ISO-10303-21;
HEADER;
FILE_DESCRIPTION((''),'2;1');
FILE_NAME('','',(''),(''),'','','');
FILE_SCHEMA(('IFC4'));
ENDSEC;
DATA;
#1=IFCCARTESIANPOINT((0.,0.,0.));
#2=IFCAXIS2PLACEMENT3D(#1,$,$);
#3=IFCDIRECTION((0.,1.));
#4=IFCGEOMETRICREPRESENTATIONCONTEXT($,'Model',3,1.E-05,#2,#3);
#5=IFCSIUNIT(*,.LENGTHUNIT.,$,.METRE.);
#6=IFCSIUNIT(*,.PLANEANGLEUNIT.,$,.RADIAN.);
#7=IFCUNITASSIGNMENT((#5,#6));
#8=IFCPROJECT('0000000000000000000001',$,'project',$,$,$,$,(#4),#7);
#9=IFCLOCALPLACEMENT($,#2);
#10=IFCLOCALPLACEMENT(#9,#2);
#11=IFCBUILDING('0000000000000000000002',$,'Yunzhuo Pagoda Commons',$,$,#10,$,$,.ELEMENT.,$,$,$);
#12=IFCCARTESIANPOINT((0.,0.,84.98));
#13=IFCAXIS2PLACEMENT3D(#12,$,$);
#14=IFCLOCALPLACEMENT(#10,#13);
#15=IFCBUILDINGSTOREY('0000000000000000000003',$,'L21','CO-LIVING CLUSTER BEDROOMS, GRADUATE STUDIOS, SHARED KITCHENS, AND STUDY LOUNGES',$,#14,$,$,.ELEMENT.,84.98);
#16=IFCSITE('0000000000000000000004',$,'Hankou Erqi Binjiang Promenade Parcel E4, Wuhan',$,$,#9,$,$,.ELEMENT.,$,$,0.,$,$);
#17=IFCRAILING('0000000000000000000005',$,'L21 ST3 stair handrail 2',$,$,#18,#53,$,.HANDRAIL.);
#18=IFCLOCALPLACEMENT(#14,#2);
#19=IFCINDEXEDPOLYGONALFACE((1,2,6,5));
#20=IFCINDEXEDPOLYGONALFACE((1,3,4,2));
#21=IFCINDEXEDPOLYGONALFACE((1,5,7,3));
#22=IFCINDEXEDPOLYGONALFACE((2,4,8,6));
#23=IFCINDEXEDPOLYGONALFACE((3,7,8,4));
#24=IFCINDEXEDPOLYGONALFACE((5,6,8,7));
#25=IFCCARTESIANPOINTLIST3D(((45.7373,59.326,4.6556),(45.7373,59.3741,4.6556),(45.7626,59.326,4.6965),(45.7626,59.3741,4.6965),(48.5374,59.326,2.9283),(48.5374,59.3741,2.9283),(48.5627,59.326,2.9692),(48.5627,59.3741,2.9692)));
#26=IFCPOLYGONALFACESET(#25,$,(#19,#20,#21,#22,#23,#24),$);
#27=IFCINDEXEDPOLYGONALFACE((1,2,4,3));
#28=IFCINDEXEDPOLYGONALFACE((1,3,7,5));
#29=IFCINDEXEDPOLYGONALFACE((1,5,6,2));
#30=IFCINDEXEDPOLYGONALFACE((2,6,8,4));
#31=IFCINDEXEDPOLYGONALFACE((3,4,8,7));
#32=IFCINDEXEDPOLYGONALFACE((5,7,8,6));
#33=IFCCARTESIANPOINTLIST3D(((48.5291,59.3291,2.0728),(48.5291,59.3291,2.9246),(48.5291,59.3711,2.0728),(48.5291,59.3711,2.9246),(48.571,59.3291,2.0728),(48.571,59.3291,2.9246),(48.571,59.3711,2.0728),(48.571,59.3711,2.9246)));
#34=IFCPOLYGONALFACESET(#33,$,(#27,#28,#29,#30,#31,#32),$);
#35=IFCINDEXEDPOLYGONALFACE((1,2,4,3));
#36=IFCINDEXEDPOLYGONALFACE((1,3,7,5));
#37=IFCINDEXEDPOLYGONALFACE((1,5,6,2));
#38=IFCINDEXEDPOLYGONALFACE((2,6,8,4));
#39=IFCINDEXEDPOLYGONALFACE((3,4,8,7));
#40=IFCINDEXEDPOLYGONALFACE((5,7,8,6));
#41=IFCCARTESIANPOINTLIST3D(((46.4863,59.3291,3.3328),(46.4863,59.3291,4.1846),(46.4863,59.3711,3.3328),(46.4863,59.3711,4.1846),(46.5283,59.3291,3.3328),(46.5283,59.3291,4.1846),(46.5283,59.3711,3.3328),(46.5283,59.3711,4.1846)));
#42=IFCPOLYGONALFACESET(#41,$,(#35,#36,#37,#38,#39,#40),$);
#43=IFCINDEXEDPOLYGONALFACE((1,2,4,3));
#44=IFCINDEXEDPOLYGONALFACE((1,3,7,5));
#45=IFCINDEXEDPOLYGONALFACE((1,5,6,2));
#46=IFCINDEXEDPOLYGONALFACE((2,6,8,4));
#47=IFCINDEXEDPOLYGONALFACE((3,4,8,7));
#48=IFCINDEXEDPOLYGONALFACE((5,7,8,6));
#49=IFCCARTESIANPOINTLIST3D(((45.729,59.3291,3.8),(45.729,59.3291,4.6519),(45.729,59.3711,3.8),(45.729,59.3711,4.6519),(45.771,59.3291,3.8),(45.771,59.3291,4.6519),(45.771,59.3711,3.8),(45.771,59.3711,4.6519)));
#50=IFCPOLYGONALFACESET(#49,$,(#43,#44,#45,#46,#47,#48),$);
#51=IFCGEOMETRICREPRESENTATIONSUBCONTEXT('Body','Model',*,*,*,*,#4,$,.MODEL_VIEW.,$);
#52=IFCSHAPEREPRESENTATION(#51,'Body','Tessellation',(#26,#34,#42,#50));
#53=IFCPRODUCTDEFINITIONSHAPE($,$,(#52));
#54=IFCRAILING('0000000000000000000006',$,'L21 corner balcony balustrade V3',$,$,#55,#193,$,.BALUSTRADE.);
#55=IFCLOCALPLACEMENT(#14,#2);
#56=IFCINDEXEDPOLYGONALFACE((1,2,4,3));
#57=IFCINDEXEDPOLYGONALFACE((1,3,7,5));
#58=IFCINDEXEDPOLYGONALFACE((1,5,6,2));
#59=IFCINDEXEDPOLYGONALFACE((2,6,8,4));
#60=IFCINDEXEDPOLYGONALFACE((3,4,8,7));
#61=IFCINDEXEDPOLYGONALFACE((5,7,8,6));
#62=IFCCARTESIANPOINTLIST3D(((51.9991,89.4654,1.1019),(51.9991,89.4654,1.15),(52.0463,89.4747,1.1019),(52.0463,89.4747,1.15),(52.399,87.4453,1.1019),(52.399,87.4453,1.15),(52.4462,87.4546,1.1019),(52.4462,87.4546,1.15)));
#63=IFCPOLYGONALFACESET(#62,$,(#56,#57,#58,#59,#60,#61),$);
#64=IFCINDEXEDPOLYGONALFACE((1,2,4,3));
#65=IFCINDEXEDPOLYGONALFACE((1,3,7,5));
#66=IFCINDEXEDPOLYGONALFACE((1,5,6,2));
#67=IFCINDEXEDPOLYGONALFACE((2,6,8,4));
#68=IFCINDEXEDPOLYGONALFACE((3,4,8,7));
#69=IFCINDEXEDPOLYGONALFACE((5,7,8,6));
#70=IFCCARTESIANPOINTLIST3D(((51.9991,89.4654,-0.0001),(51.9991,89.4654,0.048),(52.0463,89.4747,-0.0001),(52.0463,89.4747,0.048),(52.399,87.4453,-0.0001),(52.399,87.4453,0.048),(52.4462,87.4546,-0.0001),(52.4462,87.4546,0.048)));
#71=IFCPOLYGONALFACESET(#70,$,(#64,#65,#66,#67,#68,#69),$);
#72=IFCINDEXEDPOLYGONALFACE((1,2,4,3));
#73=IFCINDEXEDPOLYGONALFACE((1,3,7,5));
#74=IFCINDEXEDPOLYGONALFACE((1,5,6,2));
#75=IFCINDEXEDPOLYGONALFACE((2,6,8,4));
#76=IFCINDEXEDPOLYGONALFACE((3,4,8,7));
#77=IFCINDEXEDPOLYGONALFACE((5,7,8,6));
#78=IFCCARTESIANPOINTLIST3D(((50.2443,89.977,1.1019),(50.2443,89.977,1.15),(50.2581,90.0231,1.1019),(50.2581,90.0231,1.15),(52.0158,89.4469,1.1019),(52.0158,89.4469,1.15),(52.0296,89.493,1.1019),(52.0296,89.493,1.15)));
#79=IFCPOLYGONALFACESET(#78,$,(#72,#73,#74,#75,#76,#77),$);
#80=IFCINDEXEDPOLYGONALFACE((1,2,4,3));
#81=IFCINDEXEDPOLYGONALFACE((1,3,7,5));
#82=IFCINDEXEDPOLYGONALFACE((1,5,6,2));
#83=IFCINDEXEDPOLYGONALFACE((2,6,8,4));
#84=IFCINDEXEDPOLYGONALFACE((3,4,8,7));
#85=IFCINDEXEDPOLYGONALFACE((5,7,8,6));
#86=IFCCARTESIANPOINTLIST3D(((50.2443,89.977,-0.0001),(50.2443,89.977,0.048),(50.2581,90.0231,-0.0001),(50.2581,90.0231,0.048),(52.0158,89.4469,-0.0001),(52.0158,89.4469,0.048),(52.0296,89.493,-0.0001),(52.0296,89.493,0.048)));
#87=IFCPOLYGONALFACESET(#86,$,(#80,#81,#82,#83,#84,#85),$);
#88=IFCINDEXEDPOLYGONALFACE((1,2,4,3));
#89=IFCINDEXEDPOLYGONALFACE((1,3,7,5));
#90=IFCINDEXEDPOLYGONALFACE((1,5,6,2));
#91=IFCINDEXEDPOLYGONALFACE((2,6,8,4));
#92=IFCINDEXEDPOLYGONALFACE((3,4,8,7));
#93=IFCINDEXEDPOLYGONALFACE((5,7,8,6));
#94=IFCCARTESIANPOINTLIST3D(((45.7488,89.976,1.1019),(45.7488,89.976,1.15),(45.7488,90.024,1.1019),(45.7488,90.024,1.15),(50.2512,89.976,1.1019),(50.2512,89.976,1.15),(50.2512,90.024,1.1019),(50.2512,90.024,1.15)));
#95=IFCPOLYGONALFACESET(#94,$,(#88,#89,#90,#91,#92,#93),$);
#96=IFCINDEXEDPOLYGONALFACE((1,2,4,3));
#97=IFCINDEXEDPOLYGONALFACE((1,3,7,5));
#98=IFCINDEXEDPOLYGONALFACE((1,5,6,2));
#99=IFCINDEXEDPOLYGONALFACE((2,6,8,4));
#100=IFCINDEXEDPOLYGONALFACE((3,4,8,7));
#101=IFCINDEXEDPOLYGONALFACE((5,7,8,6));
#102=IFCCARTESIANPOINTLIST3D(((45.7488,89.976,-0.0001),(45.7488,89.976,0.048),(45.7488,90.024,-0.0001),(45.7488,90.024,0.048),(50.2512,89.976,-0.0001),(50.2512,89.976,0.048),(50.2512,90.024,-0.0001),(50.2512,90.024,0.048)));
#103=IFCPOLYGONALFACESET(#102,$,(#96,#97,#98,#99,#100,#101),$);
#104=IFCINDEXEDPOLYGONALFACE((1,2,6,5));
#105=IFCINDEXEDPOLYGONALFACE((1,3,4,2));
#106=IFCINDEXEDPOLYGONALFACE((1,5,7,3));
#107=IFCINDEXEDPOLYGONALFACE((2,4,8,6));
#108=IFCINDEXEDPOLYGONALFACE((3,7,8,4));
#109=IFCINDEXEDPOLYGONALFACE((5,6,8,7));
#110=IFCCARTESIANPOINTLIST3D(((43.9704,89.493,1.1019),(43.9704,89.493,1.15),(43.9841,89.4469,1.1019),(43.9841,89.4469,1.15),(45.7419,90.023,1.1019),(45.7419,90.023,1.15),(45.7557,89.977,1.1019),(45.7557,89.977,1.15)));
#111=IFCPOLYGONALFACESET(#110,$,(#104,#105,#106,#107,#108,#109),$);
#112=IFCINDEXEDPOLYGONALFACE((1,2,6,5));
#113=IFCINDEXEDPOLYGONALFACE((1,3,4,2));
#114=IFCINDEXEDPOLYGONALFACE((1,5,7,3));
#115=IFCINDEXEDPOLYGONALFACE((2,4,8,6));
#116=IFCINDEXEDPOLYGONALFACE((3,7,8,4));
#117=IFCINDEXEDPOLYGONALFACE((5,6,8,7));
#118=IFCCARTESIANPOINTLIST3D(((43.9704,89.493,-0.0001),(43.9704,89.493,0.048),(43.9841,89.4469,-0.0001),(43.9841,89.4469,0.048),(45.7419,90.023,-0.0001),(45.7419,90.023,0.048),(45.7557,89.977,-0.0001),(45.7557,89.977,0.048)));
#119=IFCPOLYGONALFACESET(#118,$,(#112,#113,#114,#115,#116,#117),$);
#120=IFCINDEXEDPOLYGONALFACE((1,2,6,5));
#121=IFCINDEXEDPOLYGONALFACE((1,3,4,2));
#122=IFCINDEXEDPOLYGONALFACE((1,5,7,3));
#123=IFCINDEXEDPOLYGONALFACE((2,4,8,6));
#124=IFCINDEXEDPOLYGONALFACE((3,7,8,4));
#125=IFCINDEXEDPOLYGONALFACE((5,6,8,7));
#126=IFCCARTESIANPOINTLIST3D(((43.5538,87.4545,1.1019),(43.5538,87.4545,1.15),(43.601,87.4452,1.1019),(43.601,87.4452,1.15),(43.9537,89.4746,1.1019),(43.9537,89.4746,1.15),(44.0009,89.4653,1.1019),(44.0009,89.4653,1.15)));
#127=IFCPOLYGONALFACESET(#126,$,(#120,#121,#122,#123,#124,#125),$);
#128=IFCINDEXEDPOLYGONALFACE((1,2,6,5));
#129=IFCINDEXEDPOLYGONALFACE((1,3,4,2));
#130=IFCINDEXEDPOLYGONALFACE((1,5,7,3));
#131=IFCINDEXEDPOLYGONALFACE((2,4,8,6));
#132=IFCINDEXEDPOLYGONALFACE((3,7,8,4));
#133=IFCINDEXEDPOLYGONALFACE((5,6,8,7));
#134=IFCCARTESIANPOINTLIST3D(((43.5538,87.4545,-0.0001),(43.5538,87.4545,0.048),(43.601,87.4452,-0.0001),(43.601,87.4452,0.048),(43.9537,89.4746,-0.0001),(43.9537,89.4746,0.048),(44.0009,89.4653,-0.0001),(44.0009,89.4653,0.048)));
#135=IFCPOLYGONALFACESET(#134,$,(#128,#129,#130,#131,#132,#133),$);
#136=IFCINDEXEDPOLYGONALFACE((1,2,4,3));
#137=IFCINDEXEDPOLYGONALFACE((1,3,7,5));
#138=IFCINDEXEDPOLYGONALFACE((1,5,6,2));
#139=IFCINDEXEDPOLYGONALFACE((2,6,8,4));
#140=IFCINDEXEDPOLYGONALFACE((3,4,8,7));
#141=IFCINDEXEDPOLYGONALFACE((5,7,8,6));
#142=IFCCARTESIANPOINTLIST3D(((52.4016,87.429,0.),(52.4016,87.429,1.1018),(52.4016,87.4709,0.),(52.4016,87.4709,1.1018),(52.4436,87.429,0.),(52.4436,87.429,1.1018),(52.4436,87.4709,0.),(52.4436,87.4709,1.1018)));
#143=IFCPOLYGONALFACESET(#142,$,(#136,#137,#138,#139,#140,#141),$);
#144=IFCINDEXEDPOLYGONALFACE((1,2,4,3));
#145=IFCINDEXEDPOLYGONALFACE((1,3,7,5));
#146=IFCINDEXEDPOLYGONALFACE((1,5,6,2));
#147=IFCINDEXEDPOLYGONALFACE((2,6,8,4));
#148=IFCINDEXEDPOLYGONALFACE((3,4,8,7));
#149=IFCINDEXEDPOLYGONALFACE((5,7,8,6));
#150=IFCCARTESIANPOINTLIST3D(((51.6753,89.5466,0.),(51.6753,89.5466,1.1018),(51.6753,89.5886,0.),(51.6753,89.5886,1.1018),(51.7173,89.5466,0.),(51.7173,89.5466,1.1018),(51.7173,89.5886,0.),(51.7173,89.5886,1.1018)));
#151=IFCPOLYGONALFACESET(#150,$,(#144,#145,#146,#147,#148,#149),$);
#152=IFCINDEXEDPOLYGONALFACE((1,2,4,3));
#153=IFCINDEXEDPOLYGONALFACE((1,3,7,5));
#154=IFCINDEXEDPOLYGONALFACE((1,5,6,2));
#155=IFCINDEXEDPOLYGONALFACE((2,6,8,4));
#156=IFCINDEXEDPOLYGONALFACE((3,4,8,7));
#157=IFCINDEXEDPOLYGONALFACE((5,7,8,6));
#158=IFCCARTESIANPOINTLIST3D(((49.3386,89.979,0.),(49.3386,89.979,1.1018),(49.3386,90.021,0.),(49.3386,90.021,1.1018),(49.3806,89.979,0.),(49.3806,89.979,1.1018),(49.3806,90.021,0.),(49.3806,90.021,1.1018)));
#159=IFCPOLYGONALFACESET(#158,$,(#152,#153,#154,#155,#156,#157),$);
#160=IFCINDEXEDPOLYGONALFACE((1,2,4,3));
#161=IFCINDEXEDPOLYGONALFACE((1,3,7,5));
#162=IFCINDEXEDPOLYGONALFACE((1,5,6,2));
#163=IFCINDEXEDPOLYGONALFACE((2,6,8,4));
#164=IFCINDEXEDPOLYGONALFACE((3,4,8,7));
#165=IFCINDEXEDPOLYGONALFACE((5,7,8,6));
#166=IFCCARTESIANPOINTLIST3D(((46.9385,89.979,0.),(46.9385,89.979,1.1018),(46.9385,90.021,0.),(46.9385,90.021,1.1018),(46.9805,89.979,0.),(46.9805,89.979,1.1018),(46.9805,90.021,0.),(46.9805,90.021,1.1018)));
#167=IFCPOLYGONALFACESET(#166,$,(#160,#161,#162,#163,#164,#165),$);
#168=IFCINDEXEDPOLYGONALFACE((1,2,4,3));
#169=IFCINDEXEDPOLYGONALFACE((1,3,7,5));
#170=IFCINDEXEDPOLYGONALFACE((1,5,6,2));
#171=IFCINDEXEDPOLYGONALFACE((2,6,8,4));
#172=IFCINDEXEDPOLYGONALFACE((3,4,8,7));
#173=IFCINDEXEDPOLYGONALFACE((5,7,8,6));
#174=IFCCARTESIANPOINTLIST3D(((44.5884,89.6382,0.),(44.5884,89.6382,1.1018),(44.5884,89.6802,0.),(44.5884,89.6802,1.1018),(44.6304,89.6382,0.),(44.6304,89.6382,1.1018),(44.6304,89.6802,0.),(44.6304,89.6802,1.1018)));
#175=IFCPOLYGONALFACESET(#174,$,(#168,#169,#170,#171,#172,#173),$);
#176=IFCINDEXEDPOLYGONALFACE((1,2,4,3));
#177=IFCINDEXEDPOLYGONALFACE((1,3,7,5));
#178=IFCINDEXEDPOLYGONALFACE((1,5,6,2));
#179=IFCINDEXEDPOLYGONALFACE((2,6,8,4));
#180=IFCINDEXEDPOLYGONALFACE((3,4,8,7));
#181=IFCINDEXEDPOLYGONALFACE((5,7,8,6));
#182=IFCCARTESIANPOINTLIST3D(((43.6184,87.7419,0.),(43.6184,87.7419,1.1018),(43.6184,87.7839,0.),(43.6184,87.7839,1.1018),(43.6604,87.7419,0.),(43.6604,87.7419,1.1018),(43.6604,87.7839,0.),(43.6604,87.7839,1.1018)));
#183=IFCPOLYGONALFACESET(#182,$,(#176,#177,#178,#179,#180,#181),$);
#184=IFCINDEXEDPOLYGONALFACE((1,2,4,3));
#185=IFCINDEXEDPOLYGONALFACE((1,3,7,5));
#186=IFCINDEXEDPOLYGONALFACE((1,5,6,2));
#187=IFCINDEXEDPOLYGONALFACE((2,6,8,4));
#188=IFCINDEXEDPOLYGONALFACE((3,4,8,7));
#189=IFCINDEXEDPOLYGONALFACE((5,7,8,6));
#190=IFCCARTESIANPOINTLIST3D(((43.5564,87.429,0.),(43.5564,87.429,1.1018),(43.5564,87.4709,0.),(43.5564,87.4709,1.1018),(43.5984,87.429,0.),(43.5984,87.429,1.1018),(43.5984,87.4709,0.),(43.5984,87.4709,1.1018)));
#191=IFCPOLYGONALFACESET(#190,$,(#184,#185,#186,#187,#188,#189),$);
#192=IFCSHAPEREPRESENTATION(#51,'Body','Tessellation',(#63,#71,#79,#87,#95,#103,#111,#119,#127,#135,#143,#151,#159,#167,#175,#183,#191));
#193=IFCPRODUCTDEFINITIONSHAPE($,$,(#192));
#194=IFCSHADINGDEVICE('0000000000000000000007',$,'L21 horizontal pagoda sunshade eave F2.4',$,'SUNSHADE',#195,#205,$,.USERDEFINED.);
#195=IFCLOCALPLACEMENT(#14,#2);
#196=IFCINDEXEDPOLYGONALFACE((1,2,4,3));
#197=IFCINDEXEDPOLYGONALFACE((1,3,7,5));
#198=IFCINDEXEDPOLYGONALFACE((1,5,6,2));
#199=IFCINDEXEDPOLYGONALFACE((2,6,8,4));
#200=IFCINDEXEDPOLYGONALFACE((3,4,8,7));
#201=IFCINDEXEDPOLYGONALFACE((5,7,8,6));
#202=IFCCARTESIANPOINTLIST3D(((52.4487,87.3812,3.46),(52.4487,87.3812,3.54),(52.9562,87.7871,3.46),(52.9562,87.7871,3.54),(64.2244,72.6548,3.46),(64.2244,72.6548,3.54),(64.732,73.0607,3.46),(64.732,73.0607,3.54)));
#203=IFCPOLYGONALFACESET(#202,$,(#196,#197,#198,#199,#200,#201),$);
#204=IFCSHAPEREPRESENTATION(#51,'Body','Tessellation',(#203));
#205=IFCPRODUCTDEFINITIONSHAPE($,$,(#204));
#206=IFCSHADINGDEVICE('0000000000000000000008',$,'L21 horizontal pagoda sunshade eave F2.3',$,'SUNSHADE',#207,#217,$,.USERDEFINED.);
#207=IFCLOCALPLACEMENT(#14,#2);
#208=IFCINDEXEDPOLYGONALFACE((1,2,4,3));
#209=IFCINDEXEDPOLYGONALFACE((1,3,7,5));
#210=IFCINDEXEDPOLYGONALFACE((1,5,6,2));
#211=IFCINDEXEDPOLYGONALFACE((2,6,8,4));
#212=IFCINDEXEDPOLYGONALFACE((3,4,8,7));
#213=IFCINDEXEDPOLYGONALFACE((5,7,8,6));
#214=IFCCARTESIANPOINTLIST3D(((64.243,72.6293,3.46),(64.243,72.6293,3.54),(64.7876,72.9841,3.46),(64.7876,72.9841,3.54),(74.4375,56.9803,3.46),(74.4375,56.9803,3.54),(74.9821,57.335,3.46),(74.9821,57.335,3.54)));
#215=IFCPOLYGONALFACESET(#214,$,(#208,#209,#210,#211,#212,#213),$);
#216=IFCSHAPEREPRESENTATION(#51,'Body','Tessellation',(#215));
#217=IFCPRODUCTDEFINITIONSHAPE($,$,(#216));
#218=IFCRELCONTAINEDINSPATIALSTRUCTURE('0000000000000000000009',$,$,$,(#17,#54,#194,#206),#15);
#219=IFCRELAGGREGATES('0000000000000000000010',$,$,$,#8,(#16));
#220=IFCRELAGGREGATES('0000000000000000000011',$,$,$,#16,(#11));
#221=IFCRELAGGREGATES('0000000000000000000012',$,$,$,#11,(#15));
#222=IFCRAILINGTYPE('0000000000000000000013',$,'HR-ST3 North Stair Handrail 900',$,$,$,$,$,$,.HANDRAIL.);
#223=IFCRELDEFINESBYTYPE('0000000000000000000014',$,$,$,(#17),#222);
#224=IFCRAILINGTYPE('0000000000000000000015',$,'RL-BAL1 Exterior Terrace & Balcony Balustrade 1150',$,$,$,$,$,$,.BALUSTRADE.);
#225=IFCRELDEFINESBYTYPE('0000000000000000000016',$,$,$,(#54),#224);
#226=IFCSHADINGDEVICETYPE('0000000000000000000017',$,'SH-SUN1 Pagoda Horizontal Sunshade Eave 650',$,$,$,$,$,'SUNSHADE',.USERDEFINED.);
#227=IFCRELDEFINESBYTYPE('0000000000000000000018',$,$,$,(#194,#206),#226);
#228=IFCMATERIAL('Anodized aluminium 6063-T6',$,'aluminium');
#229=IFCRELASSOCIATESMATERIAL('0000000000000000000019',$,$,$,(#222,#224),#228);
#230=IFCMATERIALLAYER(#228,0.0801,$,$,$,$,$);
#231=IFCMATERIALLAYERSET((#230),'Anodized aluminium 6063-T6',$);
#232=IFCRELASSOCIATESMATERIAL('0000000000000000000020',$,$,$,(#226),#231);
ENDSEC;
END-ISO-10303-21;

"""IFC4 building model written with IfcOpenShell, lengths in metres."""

from ifc_helpers import new_model, si_unit, direction, frame, origin, origin_2d, place, context, subcontext, project, spatial, rectangle, extrude, source, transform, mapped, material, layer, layer_set, type_object, element, save


model = new_model("IFC4")

# Units and contexts
model_context = context("Model", 3, precision=1e-05, world=origin(), true_north=direction((0.0, 1.0)))
body_context = subcontext(model_context, "Body", "Model", "MODEL_VIEW")
ifc_project = project(units=[si_unit("LENGTHUNIT", "METRE"), si_unit("PLANEANGLEUNIT", "RADIAN")], contexts=[model_context])

# Site, building, storey
site_placement = place(None, origin())
site = spatial("IfcSite", under=ifc_project, at=site_placement, Name="Hankou Erqi Binjiang Promenade Parcel E4, Wuhan", CompositionType="ELEMENT", RefElevation=0.0)
building_placement = place(site_placement, origin())
building = spatial("IfcBuilding", under=site, at=building_placement, Name="Yunzhuo Pagoda Commons", CompositionType="ELEMENT")
storey_placement = place(building_placement, frame((0.0, 0.0, 84.98)))
storey = spatial("IfcBuildingStorey", under=building, at=storey_placement, Name="L21", Description="CO-LIVING CLUSTER BEDROOMS, GRADUATE STUDIOS, SHARED KITCHENS, AND STUDY LOUNGES", CompositionType="ELEMENT", Elevation=84.98)

# Shared definitions
ifc_material_1 = material(Name="Anodized aluminium 6063-T6", Category="aluminium")

# Railings
railing_type_1 = type_object("IfcRailingType", Name="HR-ST3 North Stair Handrail 900", PredefinedType="HANDRAIL", material=ifc_material_1)
railing_1_placement = place(storey_placement, frame((48.55, 59.3501, 2.0728)))
element("IfcRailing", 1, at=railing_1_placement, inside=storey, type_object=railing_type_1, Name="L21 ST3 stair handrail 2", PredefinedType="HANDRAIL", context=body_context, shape_type="SweptSolid", body=[
    extrude(rectangle(XDim=0.0481, YDim=0.0481, at=origin_2d()), frame((0.0, 0.0, 0.876), z_axis=(-0.85109, 0.0, 0.52502), x_axis=(0.0, -1.0, 0.0)), (0.0, 0.0, 1.0), 3.29),
    extrude(rectangle(XDim=0.042, YDim=0.042, at=origin_2d()), origin(), (0.0, 0.0, 1.0), 0.8518),
    extrude(rectangle(XDim=0.042, YDim=0.042, at=origin_2d()), frame((-2.0427, 0.0, 1.26)), (0.0, 0.0, 1.0), 0.8518),
    extrude(rectangle(XDim=0.042, YDim=0.042, at=origin_2d()), frame((-2.8, 0.0, 1.7273)), (0.0, 0.0, 1.0), 0.8518),
])
railing_type_2 = type_object("IfcRailingType", Name="RL-BAL1 Exterior Terrace & Balcony Balustrade 1150", PredefinedType="BALUSTRADE", material=ifc_material_1)
railing_2_placement = place(storey_placement, frame((52.4226, 87.45, 0.0)))
element("IfcRailing", 2, at=railing_2_placement, inside=storey, type_object=railing_type_2, Name="L21 corner balcony balustrade V3", PredefinedType="BALUSTRADE", context=body_context, shape_type="SweptSolid", body=[
    extrude(rectangle(XDim=0.0481, YDim=0.0481, at=origin_2d()), frame((0.0, 0.0, 1.126), z_axis=(-0.194201, 0.980962, 0.0), x_axis=(-0.980962, -0.194201, 0.0)), (0.0, 0.0, 1.0), 2.0593),
    extrude(rectangle(XDim=0.0481, YDim=0.0481, at=origin_2d()), frame((0.0, 0.0, 0.0239), z_axis=(-0.194201, 0.980962, 0.0), x_axis=(-0.980962, -0.194201, 0.0)), (0.0, 0.0, 1.0), 2.0593),
    extrude(rectangle(XDim=0.0481, YDim=0.0481, at=origin_2d()), frame((-0.3999, 2.02, 1.126), z_axis=(-0.958037, 0.286645, 0.0), x_axis=(-0.286645, -0.958037, 0.0)), (0.0, 0.0, 1.0), 1.8491),
    extrude(rectangle(XDim=0.0481, YDim=0.0481, at=origin_2d()), frame((-0.3999, 2.02, 0.0239), z_axis=(-0.958037, 0.286645, 0.0), x_axis=(-0.286645, -0.958037, 0.0)), (0.0, 0.0, 1.0), 1.8491),
    extrude(rectangle(XDim=0.0481, YDim=0.0481, at=origin_2d()), frame((-2.1714, 2.55, 1.126), z_axis=(-1.0, 0.0, 0.0), x_axis=(0.0, -1.0, 0.0)), (0.0, 0.0, 1.0), 4.5024),
    extrude(rectangle(XDim=0.0481, YDim=0.0481, at=origin_2d()), frame((-2.1714, 2.55, 0.0239), z_axis=(-1.0, 0.0, 0.0), x_axis=(0.0, -1.0, 0.0)), (0.0, 0.0, 1.0), 4.5024),
    extrude(rectangle(XDim=0.0481, YDim=0.0481, at=origin_2d()), frame((-6.6738, 2.55, 1.126), z_axis=(-0.958037, -0.286645, 0.0), x_axis=(0.286645, -0.958037, 0.0)), (0.0, 0.0, 1.0), 1.8491),
    extrude(rectangle(XDim=0.0481, YDim=0.0481, at=origin_2d()), frame((-6.6738, 2.55, 0.0239), z_axis=(-0.958037, -0.286645, 0.0), x_axis=(0.286645, -0.958037, 0.0)), (0.0, 0.0, 1.0), 1.8491),
    extrude(rectangle(XDim=0.0481, YDim=0.0481, at=origin_2d()), frame((-8.4453, 2.02, 1.126), z_axis=(-0.194201, -0.980962, 0.0), x_axis=(0.980962, -0.194201, 0.0)), (0.0, 0.0, 1.0), 2.0593),
    extrude(rectangle(XDim=0.0481, YDim=0.0481, at=origin_2d()), frame((-8.4453, 2.02, 0.0239), z_axis=(-0.194201, -0.980962, 0.0), x_axis=(0.980962, -0.194201, 0.0)), (0.0, 0.0, 1.0), 2.0593),
    extrude(rectangle(XDim=0.042, YDim=0.042, at=origin_2d()), origin(), (0.0, 0.0, 1.0), 1.1018),
    extrude(rectangle(XDim=0.042, YDim=0.042, at=origin_2d()), frame((-0.7263, 2.1177, 0.0)), (0.0, 0.0, 1.0), 1.1018),
    extrude(rectangle(XDim=0.042, YDim=0.042, at=origin_2d()), frame((-3.063, 2.55, 0.0)), (0.0, 0.0, 1.0), 1.1018),
    extrude(rectangle(XDim=0.042, YDim=0.042, at=origin_2d()), frame((-5.4631, 2.55, 0.0)), (0.0, 0.0, 1.0), 1.1018),
    extrude(rectangle(XDim=0.042, YDim=0.042, at=origin_2d()), frame((-7.8132, 2.2092, 0.0)), (0.0, 0.0, 1.0), 1.1018),
    extrude(rectangle(XDim=0.042, YDim=0.042, at=origin_2d()), frame((-8.7832, 0.313, 0.0)), (0.0, 0.0, 1.0), 1.1018),
    extrude(rectangle(XDim=0.042, YDim=0.042, at=origin_2d()), frame((-8.8452, 0.0, 0.0)), (0.0, 0.0, 1.0), 1.1018),
])

# Shading devices
ifc_layer_1 = layer(ifc_material_1, 0.0801)
ifc_layer_set_1 = layer_set([ifc_layer_1], Name="Anodized aluminium 6063-T6")
shading_device_type = type_object("IfcShadingDeviceType", Name="SH-SUN1 Pagoda Horizontal Sunshade Eave 650", ElementType="SUNSHADE", PredefinedType="USERDEFINED", material=ifc_layer_set_1)
shared_shape_1 = source(origin(), body_context, "Body", "SweptSolid", [
    extrude(rectangle(XDim=18.8557, YDim=0.6499, at=origin_2d()), origin(), (0.0, 0.0, 1.0), 0.0801),
])
shading_device_1_placement = place(storey_placement, frame((58.5903, 80.2209, 3.46), z_axis=(0.0, 0.0, 1.0), x_axis=(-0.62452, 0.781008, 0.0)))
element("IfcShadingDevice", 3, at=shading_device_1_placement, inside=storey, type_object=shading_device_type, Name="L21 horizontal pagoda sunshade eave F2.4", ObjectType="SUNSHADE", PredefinedType="USERDEFINED", context=body_context, shape_type="MappedRepresentation", body=[
    mapped(shared_shape_1, transform((0.0, 0.0, 0.0), scale=1.0)),
])
shared_shape_2 = source(origin(), body_context, "Body", "SweptSolid", [
    extrude(rectangle(XDim=18.6768, YDim=0.6499, at=origin_2d()), origin(), (0.0, 0.0, 1.0), 0.0801),
])
shading_device_2_placement = place(storey_placement, frame((69.6125, 64.9822, 3.46), z_axis=(0.0, 0.0, 1.0), x_axis=(-0.545839, 0.83789, 0.0)))
element("IfcShadingDevice", 4, at=shading_device_2_placement, inside=storey, type_object=shading_device_type, Name="L21 horizontal pagoda sunshade eave F2.3", ObjectType="SUNSHADE", PredefinedType="USERDEFINED", context=body_context, shape_type="MappedRepresentation", body=[
    mapped(shared_shape_2, transform((0.0, 0.0, 0.0), scale=1.0)),
])

save(model, "model.ifc")
